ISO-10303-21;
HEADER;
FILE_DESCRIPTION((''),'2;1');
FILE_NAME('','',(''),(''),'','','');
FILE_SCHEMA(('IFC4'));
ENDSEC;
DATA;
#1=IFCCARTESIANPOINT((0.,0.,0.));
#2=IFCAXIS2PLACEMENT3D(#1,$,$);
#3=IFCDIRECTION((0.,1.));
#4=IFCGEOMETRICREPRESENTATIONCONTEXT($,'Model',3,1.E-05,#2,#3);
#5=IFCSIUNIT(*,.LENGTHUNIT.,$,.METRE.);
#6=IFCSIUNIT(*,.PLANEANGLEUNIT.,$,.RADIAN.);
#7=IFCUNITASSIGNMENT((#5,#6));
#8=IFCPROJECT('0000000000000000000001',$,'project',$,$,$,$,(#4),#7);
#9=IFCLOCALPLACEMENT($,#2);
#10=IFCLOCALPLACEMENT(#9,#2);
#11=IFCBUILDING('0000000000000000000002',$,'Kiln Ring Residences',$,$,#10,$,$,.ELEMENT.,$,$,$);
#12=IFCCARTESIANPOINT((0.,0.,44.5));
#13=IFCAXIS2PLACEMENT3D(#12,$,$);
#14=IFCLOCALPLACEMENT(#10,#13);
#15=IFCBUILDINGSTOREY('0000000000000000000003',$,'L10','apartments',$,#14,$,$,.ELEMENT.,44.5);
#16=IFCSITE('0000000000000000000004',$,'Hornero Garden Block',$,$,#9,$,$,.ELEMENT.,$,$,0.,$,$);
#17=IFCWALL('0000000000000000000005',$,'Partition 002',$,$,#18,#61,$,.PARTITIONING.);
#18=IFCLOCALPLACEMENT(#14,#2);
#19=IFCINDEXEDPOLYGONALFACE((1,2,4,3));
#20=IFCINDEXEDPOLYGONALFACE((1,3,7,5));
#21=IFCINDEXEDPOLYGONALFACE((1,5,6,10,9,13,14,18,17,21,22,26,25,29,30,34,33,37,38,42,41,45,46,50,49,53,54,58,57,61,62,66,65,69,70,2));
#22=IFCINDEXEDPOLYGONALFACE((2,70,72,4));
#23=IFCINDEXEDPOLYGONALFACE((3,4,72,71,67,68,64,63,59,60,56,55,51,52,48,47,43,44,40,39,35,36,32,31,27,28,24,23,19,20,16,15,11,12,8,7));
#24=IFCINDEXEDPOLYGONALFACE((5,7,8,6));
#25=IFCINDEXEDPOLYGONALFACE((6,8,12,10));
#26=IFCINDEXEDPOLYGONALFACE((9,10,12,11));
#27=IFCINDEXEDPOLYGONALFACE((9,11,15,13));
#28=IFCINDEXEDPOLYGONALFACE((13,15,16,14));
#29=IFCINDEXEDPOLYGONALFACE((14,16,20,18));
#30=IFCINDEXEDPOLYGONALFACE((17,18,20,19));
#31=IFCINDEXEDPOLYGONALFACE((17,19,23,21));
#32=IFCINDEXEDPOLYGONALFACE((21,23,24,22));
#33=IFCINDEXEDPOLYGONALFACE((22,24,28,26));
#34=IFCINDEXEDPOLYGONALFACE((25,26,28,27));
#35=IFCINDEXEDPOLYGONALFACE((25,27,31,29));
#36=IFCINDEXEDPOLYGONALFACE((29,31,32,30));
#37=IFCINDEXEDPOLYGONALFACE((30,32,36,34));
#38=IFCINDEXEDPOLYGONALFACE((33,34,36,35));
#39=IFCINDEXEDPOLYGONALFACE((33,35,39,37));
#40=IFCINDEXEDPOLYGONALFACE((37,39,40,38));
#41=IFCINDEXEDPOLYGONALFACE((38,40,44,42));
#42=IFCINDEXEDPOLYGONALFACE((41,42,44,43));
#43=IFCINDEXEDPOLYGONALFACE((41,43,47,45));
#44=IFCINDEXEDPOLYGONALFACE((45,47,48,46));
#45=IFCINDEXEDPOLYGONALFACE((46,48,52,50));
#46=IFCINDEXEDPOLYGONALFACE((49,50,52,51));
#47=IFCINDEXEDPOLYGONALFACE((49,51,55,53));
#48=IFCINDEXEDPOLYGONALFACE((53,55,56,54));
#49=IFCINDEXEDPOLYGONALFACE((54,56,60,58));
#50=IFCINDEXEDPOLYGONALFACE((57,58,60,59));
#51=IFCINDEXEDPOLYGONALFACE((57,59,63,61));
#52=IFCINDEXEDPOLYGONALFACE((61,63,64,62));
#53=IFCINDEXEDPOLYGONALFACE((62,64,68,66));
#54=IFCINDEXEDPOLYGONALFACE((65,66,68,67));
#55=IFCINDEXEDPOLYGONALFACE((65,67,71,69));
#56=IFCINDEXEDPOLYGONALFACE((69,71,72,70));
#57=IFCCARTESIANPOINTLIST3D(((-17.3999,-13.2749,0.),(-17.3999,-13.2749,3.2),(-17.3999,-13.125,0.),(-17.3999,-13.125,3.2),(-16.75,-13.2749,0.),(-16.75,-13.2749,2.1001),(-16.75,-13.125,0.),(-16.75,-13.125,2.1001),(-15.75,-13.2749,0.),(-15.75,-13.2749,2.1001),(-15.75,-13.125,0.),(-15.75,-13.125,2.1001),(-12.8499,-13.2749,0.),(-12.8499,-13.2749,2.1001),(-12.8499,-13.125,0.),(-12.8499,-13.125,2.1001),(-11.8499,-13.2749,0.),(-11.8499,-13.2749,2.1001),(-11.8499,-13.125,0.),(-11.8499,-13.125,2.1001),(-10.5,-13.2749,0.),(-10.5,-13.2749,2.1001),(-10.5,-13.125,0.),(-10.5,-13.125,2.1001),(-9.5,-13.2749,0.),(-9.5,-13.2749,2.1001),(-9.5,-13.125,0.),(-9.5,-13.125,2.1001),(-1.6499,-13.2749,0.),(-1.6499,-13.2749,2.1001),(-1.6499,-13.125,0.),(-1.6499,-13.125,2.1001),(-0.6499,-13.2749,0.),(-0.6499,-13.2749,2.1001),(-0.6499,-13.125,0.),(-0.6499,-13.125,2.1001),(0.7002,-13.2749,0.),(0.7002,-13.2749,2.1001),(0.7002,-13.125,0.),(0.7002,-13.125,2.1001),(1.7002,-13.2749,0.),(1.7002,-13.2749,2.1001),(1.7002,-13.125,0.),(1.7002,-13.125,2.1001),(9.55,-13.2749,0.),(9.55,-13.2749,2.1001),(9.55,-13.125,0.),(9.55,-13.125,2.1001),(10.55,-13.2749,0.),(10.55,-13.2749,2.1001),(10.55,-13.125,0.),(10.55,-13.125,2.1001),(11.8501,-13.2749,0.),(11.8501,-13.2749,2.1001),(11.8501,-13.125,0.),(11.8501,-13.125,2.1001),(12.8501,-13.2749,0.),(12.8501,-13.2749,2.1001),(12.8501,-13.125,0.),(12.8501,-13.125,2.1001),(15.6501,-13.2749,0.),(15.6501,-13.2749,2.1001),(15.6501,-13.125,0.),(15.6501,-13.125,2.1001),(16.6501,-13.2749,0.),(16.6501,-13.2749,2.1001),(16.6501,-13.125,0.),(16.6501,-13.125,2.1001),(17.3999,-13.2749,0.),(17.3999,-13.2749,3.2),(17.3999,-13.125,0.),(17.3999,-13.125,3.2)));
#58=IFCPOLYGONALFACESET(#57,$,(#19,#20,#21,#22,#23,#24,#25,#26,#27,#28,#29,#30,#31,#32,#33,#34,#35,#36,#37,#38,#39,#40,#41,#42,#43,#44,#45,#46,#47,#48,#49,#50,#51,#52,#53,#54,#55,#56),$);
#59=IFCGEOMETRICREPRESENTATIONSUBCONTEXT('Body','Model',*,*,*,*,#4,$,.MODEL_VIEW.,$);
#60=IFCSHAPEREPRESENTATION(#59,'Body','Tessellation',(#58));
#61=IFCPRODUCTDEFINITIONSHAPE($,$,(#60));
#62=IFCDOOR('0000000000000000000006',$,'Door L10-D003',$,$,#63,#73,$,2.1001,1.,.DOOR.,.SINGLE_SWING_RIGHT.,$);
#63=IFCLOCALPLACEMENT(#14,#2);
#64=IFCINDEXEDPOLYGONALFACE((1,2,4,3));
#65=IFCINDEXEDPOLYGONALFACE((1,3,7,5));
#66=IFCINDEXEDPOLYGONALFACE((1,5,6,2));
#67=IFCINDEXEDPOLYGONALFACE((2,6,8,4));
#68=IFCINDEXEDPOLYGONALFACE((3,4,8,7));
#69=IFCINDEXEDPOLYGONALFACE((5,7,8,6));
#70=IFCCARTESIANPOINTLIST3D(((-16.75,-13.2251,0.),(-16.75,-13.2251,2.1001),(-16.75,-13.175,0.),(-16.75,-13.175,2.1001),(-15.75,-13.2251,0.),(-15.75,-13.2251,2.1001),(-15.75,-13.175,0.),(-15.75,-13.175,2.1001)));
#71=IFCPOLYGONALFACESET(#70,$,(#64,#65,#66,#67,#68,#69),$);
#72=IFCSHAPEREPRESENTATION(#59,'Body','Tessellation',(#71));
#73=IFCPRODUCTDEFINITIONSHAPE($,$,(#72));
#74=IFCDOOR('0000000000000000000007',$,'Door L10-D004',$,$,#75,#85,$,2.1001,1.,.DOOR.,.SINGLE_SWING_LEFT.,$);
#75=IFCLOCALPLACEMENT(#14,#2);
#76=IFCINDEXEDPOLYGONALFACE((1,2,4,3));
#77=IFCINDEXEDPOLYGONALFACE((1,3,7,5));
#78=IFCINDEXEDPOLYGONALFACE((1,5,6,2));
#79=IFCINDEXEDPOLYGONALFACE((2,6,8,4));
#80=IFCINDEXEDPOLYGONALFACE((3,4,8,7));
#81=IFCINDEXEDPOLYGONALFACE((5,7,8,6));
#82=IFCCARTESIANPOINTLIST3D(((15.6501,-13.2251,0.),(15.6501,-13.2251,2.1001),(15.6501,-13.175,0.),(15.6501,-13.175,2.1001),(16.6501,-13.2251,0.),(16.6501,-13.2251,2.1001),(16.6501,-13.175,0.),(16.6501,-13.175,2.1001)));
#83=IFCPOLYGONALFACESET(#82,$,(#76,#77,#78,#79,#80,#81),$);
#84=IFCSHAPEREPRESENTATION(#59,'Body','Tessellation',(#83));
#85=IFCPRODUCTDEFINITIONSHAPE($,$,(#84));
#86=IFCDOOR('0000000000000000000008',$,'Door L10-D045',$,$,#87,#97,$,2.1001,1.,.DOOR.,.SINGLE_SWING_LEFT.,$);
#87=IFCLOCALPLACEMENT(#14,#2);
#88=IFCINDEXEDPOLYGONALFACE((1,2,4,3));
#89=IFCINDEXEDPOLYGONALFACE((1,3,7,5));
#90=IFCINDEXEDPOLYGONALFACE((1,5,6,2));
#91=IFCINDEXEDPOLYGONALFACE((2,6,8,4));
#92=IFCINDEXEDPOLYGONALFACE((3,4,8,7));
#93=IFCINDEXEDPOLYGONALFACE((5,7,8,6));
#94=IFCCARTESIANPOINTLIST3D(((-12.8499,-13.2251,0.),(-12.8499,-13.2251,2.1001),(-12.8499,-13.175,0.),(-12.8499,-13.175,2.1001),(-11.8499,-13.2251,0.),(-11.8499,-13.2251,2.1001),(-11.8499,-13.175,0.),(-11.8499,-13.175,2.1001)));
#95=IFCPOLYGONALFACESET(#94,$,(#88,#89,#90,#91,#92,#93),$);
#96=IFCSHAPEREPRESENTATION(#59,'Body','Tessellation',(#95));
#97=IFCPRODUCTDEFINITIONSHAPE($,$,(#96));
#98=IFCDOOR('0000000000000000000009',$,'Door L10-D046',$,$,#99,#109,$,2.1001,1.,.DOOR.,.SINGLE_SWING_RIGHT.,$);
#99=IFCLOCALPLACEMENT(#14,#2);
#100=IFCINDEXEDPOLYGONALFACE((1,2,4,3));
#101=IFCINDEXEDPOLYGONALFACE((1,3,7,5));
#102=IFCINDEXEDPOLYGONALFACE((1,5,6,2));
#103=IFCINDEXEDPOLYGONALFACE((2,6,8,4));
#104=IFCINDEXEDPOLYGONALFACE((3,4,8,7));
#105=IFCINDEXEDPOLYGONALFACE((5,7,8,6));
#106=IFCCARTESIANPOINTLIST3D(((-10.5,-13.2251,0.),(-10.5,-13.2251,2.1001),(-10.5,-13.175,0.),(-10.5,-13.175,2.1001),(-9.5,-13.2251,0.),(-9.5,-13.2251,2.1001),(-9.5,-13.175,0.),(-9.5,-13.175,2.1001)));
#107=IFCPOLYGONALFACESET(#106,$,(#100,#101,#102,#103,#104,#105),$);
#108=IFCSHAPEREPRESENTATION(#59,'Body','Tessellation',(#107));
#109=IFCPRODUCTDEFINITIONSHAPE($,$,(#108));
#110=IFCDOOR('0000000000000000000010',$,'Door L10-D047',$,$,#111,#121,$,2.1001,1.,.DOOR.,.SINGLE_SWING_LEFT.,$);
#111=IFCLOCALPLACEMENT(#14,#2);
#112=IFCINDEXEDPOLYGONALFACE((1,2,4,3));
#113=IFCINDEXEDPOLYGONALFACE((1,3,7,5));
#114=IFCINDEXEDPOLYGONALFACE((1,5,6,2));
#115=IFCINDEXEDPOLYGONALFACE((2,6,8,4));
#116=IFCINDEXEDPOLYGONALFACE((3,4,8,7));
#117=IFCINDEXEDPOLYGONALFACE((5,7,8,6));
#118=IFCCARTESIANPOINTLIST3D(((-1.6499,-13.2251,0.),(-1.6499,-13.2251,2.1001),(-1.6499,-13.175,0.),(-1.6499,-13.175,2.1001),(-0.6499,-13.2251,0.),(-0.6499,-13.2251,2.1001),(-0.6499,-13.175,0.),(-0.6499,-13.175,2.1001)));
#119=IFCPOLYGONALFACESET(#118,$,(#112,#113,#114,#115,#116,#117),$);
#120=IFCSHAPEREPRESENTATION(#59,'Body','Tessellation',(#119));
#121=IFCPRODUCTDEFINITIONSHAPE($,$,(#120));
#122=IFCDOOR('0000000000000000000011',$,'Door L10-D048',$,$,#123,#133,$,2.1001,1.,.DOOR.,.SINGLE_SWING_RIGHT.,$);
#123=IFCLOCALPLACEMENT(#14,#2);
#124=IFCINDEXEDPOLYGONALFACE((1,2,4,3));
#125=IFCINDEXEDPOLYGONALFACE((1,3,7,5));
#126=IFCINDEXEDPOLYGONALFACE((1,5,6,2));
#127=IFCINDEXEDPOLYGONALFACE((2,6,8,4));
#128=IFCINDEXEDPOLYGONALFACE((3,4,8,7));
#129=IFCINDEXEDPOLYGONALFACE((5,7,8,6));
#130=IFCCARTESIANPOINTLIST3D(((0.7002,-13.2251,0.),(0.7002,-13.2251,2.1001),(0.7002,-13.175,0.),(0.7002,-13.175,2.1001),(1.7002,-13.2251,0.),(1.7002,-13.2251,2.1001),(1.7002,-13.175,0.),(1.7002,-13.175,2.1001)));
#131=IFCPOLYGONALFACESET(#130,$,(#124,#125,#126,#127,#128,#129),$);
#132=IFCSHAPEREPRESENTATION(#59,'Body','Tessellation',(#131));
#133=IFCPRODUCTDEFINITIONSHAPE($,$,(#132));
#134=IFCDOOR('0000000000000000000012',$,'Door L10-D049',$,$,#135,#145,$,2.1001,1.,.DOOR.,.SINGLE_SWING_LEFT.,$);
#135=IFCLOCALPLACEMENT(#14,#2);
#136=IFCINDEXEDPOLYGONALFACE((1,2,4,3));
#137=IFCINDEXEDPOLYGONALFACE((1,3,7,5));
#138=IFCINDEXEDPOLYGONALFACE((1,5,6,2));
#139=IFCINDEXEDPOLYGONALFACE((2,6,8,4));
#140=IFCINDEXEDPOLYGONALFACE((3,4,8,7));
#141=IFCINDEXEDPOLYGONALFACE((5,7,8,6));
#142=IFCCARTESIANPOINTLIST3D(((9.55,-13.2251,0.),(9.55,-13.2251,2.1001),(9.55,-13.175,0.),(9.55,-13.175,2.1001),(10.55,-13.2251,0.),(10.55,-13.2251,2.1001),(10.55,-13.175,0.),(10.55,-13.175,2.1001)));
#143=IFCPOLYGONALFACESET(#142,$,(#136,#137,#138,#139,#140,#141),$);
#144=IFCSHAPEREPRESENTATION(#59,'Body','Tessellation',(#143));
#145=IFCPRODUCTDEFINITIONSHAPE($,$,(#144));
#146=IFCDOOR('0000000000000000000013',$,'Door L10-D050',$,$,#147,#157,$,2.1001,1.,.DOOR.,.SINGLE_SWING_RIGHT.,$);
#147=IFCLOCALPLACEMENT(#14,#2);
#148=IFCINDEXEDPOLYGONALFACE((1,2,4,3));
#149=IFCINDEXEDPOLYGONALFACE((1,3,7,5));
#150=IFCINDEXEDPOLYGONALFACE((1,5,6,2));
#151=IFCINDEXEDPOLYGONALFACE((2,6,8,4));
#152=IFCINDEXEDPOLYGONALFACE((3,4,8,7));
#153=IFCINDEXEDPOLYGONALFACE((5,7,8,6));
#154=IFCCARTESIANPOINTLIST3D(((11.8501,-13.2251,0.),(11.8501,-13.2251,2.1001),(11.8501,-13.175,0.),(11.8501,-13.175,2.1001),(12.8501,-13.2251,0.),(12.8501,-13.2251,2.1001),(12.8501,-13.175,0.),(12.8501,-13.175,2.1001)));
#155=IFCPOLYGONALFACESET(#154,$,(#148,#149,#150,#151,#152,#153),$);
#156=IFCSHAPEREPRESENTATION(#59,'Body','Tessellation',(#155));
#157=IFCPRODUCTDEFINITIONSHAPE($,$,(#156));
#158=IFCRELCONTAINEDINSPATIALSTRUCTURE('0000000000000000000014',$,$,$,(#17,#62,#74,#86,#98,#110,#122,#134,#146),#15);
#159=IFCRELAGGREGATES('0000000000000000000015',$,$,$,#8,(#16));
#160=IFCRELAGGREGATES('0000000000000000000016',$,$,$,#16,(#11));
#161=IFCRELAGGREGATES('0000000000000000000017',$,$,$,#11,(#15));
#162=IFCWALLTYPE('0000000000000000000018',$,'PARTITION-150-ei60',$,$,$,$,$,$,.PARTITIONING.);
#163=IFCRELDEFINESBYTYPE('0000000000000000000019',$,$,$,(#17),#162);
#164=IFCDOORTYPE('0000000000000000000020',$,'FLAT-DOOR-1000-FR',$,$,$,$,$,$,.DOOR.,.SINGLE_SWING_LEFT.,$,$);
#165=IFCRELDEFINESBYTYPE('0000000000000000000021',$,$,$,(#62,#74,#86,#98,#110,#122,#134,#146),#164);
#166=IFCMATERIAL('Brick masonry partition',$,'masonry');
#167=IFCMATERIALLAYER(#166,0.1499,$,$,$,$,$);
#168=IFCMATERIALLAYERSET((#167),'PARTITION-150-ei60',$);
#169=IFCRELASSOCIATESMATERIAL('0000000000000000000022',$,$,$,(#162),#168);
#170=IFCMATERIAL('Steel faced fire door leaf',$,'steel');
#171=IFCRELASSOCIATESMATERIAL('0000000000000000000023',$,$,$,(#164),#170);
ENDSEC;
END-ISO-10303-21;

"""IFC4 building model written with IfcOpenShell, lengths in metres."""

from ifc_helpers import new_model, si_unit, direction, frame, frame_2d, origin, place, context, subcontext, project, spatial, rectangle, extrude, material, layer, layer_set, type_object, element, fill, save


model = new_model("IFC4")

# Units and contexts
model_context = context("Model", 3, precision=1e-05, world=origin(), true_north=direction((0.0, 1.0)))
body_context = subcontext(model_context, "Body", "Model", "MODEL_VIEW")
ifc_project = project(units=[si_unit("LENGTHUNIT", "METRE"), si_unit("PLANEANGLEUNIT", "RADIAN")], contexts=[model_context])

# Site, building, storey
site_placement = place(None, origin())
site = spatial("IfcSite", under=ifc_project, at=site_placement, Name="Hornero Garden Block", CompositionType="ELEMENT", RefElevation=0.0)
building_placement = place(site_placement, origin())
building = spatial("IfcBuilding", under=site, at=building_placement, Name="Kiln Ring Residences", CompositionType="ELEMENT")
storey_placement = place(building_placement, frame((0.0, 0.0, 44.5)))
storey = spatial("IfcBuildingStorey", under=building, at=storey_placement, Name="L10", Description="apartments", CompositionType="ELEMENT", Elevation=44.5)

# Wall, openings, doors
ifc_material_1 = material(Name="Brick masonry partition", Category="masonry")
ifc_layer_1 = layer(ifc_material_1, 0.1499)
ifc_layer_set_1 = layer_set([ifc_layer_1], Name="PARTITION-150-ei60")
wall_type_1 = type_object("IfcWallType", Name="PARTITION-150-ei60", PredefinedType="PARTITIONING", material=ifc_layer_set_1)
wall_1_placement = place(storey_placement, frame((-17.3999, -13.2, 0.0), z_axis=(0.0, 0.0, 1.0), x_axis=(1.0, 0.0, 0.0)))
wall_1 = element("IfcWall", 1, at=wall_1_placement, inside=storey, type_object=wall_type_1, Name="Partition 002", PredefinedType="PARTITIONING", context=body_context, shape_type="SweptSolid", body=[
    extrude(rectangle(XDim=34.7998, YDim=0.1499, at=frame_2d((17.3999, 0.0))), origin(), (0.0, 0.0, 1.0), 3.2),
])
opening_1_placement = place(wall_1_placement, frame((0.6499, 0.0, 0.0)))
opening_1 = element("IfcOpeningElement", 2, at=opening_1_placement, cuts=wall_1, PredefinedType="OPENING", context=body_context, shape_type="SweptSolid", body=[
    extrude(rectangle(XDim=1.0, YDim=2.1001, at=frame_2d((0.5, 1.05))), frame((0.0, 0.085, 0.0), z_axis=(0.0, -1.0, 0.0), x_axis=(1.0, 0.0, 0.0)), (0.0, 0.0, 1.0), 0.1699),
])
opening_2_placement = place(wall_1_placement, frame((33.05, 0.0, 0.0)))
opening_2 = element("IfcOpeningElement", 3, at=opening_2_placement, cuts=wall_1, PredefinedType="OPENING", context=body_context, shape_type="SweptSolid", body=[
    extrude(rectangle(XDim=1.0, YDim=2.1001, at=frame_2d((0.5, 1.05))), frame((0.0, 0.085, 0.0), z_axis=(0.0, -1.0, 0.0), x_axis=(1.0, 0.0, 0.0)), (0.0, 0.0, 1.0), 0.1699),
])
opening_3_placement = place(wall_1_placement, frame((4.55, 0.0, 0.0)))
opening_3 = element("IfcOpeningElement", 4, at=opening_3_placement, cuts=wall_1, PredefinedType="OPENING", context=body_context, shape_type="SweptSolid", body=[
    extrude(rectangle(XDim=1.0, YDim=2.1001, at=frame_2d((0.5, 1.05))), frame((0.0, 0.085, 0.0), z_axis=(0.0, -1.0, 0.0), x_axis=(1.0, 0.0, 0.0)), (0.0, 0.0, 1.0), 0.1699),
])
opening_4_placement = place(wall_1_placement, frame((6.8999, 0.0, 0.0)))
opening_4 = element("IfcOpeningElement", 5, at=opening_4_placement, cuts=wall_1, PredefinedType="OPENING", context=body_context, shape_type="SweptSolid", body=[
    extrude(rectangle(XDim=1.0, YDim=2.1001, at=frame_2d((0.5, 1.05))), frame((0.0, 0.085, 0.0), z_axis=(0.0, -1.0, 0.0), x_axis=(1.0, 0.0, 0.0)), (0.0, 0.0, 1.0), 0.1699),
])
opening_5_placement = place(wall_1_placement, frame((15.75, 0.0, 0.0)))
opening_5 = element("IfcOpeningElement", 6, at=opening_5_placement, cuts=wall_1, PredefinedType="OPENING", context=body_context, shape_type="SweptSolid", body=[
    extrude(rectangle(XDim=1.0, YDim=2.1001, at=frame_2d((0.5, 1.05))), frame((0.0, 0.085, 0.0), z_axis=(0.0, -1.0, 0.0), x_axis=(1.0, 0.0, 0.0)), (0.0, 0.0, 1.0), 0.1699),
])
opening_6_placement = place(wall_1_placement, frame((18.1001, 0.0, 0.0)))
opening_6 = element("IfcOpeningElement", 7, at=opening_6_placement, cuts=wall_1, PredefinedType="OPENING", context=body_context, shape_type="SweptSolid", body=[
    extrude(rectangle(XDim=1.0, YDim=2.1001, at=frame_2d((0.5, 1.05))), frame((0.0, 0.085, 0.0), z_axis=(0.0, -1.0, 0.0), x_axis=(1.0, 0.0, 0.0)), (0.0, 0.0, 1.0), 0.1699),
])
opening_7_placement = place(wall_1_placement, frame((26.95, 0.0, 0.0)))
opening_7 = element("IfcOpeningElement", 8, at=opening_7_placement, cuts=wall_1, PredefinedType="OPENING", context=body_context, shape_type="SweptSolid", body=[
    extrude(rectangle(XDim=1.0, YDim=2.1001, at=frame_2d((0.5, 1.05))), frame((0.0, 0.085, 0.0), z_axis=(0.0, -1.0, 0.0), x_axis=(1.0, 0.0, 0.0)), (0.0, 0.0, 1.0), 0.1699),
])
opening_8_placement = place(wall_1_placement, frame((29.25, 0.0, 0.0)))
opening_8 = element("IfcOpeningElement", 9, at=opening_8_placement, cuts=wall_1, PredefinedType="OPENING", context=body_context, shape_type="SweptSolid", body=[
    extrude(rectangle(XDim=1.0, YDim=2.1001, at=frame_2d((0.5, 1.05))), frame((0.0, 0.085, 0.0), z_axis=(0.0, -1.0, 0.0), x_axis=(1.0, 0.0, 0.0)), (0.0, 0.0, 1.0), 0.1699),
])
ifc_material_2 = material(Name="Steel faced fire door leaf", Category="steel")
door_type_1 = type_object("IfcDoorType", Name="FLAT-DOOR-1000-FR", OperationType="SINGLE_SWING_LEFT", PredefinedType="DOOR", material=ifc_material_2)
door_1_placement = place(opening_1_placement, origin())
door_1 = element("IfcDoor", 10, at=door_1_placement, inside=storey, type_object=door_type_1, Name="Door L10-D003", OperationType="SINGLE_SWING_RIGHT", OverallHeight=2.1001, OverallWidth=1.0, PredefinedType="DOOR", context=body_context, shape_type="SweptSolid", body=[
    extrude(rectangle(XDim=1.0, YDim=2.1001, at=frame_2d((0.5, 1.05))), frame((0.0, 0.0249, 0.0), z_axis=(0.0, -1.0, 0.0), x_axis=(1.0, 0.0, 0.0)), (0.0, 0.0, 1.0), 0.05),
])
fill(opening_1, door_1)
door_2_placement = place(opening_2_placement, origin())
door_2 = element("IfcDoor", 11, at=door_2_placement, inside=storey, type_object=door_type_1, Name="Door L10-D004", OperationType="SINGLE_SWING_LEFT", OverallHeight=2.1001, OverallWidth=1.0, PredefinedType="DOOR", context=body_context, shape_type="SweptSolid", body=[
    extrude(rectangle(XDim=1.0, YDim=2.1001, at=frame_2d((0.5, 1.05))), frame((0.0, 0.0249, 0.0), z_axis=(0.0, -1.0, 0.0), x_axis=(1.0, 0.0, 0.0)), (0.0, 0.0, 1.0), 0.05),
])
fill(opening_2, door_2)
door_3_placement = place(opening_3_placement, origin())
door_3 = element("IfcDoor", 12, at=door_3_placement, inside=storey, type_object=door_type_1, Name="Door L10-D045", OperationType="SINGLE_SWING_LEFT", OverallHeight=2.1001, OverallWidth=1.0, PredefinedType="DOOR", context=body_context, shape_type="SweptSolid", body=[
    extrude(rectangle(XDim=1.0, YDim=2.1001, at=frame_2d((0.5, 1.05))), frame((0.0, 0.0249, 0.0), z_axis=(0.0, -1.0, 0.0), x_axis=(1.0, 0.0, 0.0)), (0.0, 0.0, 1.0), 0.05),
])
fill(opening_3, door_3)
door_4_placement = place(opening_4_placement, origin())
door_4 = element("IfcDoor", 13, at=door_4_placement, inside=storey, type_object=door_type_1, Name="Door L10-D046", OperationType="SINGLE_SWING_RIGHT", OverallHeight=2.1001, OverallWidth=1.0, PredefinedType="DOOR", context=body_context, shape_type="SweptSolid", body=[
    extrude(rectangle(XDim=1.0, YDim=2.1001, at=frame_2d((0.5, 1.05))), frame((0.0, 0.0249, 0.0), z_axis=(0.0, -1.0, 0.0), x_axis=(1.0, 0.0, 0.0)), (0.0, 0.0, 1.0), 0.05),
])
fill(opening_4, door_4)
door_5_placement = place(opening_5_placement, origin())
door_5 = element("IfcDoor", 14, at=door_5_placement, inside=storey, type_object=door_type_1, Name="Door L10-D047", OperationType="SINGLE_SWING_LEFT", OverallHeight=2.1001, OverallWidth=1.0, PredefinedType="DOOR", context=body_context, shape_type="SweptSolid", body=[
    extrude(rectangle(XDim=1.0, YDim=2.1001, at=frame_2d((0.5, 1.05))), frame((0.0, 0.0249, 0.0), z_axis=(0.0, -1.0, 0.0), x_axis=(1.0, 0.0, 0.0)), (0.0, 0.0, 1.0), 0.05),
])
fill(opening_5, door_5)
door_6_placement = place(opening_6_placement, origin())
door_6 = element("IfcDoor", 15, at=door_6_placement, inside=storey, type_object=door_type_1, Name="Door L10-D048", OperationType="SINGLE_SWING_RIGHT", OverallHeight=2.1001, OverallWidth=1.0, PredefinedType="DOOR", context=body_context, shape_type="SweptSolid", body=[
    extrude(rectangle(XDim=1.0, YDim=2.1001, at=frame_2d((0.5, 1.05))), frame((0.0, 0.0249, 0.0), z_axis=(0.0, -1.0, 0.0), x_axis=(1.0, 0.0, 0.0)), (0.0, 0.0, 1.0), 0.05),
])
fill(opening_6, door_6)
door_7_placement = place(opening_7_placement, origin())
door_7 = element("IfcDoor", 16, at=door_7_placement, inside=storey, type_object=door_type_1, Name="Door L10-D049", OperationType="SINGLE_SWING_LEFT", OverallHeight=2.1001, OverallWidth=1.0, PredefinedType="DOOR", context=body_context, shape_type="SweptSolid", body=[
    extrude(rectangle(XDim=1.0, YDim=2.1001, at=frame_2d((0.5, 1.05))), frame((0.0, 0.0249, 0.0), z_axis=(0.0, -1.0, 0.0), x_axis=(1.0, 0.0, 0.0)), (0.0, 0.0, 1.0), 0.05),
])
fill(opening_7, door_7)
door_8_placement = place(opening_8_placement, origin())
door_8 = element("IfcDoor", 17, at=door_8_placement, inside=storey, type_object=door_type_1, Name="Door L10-D050", OperationType="SINGLE_SWING_RIGHT", OverallHeight=2.1001, OverallWidth=1.0, PredefinedType="DOOR", context=body_context, shape_type="SweptSolid", body=[
    extrude(rectangle(XDim=1.0, YDim=2.1001, at=frame_2d((0.5, 1.05))), frame((0.0, 0.0249, 0.0), z_axis=(0.0, -1.0, 0.0), x_axis=(1.0, 0.0, 0.0)), (0.0, 0.0, 1.0), 0.05),
])
fill(opening_8, door_8)

save(model, "model.ifc")
